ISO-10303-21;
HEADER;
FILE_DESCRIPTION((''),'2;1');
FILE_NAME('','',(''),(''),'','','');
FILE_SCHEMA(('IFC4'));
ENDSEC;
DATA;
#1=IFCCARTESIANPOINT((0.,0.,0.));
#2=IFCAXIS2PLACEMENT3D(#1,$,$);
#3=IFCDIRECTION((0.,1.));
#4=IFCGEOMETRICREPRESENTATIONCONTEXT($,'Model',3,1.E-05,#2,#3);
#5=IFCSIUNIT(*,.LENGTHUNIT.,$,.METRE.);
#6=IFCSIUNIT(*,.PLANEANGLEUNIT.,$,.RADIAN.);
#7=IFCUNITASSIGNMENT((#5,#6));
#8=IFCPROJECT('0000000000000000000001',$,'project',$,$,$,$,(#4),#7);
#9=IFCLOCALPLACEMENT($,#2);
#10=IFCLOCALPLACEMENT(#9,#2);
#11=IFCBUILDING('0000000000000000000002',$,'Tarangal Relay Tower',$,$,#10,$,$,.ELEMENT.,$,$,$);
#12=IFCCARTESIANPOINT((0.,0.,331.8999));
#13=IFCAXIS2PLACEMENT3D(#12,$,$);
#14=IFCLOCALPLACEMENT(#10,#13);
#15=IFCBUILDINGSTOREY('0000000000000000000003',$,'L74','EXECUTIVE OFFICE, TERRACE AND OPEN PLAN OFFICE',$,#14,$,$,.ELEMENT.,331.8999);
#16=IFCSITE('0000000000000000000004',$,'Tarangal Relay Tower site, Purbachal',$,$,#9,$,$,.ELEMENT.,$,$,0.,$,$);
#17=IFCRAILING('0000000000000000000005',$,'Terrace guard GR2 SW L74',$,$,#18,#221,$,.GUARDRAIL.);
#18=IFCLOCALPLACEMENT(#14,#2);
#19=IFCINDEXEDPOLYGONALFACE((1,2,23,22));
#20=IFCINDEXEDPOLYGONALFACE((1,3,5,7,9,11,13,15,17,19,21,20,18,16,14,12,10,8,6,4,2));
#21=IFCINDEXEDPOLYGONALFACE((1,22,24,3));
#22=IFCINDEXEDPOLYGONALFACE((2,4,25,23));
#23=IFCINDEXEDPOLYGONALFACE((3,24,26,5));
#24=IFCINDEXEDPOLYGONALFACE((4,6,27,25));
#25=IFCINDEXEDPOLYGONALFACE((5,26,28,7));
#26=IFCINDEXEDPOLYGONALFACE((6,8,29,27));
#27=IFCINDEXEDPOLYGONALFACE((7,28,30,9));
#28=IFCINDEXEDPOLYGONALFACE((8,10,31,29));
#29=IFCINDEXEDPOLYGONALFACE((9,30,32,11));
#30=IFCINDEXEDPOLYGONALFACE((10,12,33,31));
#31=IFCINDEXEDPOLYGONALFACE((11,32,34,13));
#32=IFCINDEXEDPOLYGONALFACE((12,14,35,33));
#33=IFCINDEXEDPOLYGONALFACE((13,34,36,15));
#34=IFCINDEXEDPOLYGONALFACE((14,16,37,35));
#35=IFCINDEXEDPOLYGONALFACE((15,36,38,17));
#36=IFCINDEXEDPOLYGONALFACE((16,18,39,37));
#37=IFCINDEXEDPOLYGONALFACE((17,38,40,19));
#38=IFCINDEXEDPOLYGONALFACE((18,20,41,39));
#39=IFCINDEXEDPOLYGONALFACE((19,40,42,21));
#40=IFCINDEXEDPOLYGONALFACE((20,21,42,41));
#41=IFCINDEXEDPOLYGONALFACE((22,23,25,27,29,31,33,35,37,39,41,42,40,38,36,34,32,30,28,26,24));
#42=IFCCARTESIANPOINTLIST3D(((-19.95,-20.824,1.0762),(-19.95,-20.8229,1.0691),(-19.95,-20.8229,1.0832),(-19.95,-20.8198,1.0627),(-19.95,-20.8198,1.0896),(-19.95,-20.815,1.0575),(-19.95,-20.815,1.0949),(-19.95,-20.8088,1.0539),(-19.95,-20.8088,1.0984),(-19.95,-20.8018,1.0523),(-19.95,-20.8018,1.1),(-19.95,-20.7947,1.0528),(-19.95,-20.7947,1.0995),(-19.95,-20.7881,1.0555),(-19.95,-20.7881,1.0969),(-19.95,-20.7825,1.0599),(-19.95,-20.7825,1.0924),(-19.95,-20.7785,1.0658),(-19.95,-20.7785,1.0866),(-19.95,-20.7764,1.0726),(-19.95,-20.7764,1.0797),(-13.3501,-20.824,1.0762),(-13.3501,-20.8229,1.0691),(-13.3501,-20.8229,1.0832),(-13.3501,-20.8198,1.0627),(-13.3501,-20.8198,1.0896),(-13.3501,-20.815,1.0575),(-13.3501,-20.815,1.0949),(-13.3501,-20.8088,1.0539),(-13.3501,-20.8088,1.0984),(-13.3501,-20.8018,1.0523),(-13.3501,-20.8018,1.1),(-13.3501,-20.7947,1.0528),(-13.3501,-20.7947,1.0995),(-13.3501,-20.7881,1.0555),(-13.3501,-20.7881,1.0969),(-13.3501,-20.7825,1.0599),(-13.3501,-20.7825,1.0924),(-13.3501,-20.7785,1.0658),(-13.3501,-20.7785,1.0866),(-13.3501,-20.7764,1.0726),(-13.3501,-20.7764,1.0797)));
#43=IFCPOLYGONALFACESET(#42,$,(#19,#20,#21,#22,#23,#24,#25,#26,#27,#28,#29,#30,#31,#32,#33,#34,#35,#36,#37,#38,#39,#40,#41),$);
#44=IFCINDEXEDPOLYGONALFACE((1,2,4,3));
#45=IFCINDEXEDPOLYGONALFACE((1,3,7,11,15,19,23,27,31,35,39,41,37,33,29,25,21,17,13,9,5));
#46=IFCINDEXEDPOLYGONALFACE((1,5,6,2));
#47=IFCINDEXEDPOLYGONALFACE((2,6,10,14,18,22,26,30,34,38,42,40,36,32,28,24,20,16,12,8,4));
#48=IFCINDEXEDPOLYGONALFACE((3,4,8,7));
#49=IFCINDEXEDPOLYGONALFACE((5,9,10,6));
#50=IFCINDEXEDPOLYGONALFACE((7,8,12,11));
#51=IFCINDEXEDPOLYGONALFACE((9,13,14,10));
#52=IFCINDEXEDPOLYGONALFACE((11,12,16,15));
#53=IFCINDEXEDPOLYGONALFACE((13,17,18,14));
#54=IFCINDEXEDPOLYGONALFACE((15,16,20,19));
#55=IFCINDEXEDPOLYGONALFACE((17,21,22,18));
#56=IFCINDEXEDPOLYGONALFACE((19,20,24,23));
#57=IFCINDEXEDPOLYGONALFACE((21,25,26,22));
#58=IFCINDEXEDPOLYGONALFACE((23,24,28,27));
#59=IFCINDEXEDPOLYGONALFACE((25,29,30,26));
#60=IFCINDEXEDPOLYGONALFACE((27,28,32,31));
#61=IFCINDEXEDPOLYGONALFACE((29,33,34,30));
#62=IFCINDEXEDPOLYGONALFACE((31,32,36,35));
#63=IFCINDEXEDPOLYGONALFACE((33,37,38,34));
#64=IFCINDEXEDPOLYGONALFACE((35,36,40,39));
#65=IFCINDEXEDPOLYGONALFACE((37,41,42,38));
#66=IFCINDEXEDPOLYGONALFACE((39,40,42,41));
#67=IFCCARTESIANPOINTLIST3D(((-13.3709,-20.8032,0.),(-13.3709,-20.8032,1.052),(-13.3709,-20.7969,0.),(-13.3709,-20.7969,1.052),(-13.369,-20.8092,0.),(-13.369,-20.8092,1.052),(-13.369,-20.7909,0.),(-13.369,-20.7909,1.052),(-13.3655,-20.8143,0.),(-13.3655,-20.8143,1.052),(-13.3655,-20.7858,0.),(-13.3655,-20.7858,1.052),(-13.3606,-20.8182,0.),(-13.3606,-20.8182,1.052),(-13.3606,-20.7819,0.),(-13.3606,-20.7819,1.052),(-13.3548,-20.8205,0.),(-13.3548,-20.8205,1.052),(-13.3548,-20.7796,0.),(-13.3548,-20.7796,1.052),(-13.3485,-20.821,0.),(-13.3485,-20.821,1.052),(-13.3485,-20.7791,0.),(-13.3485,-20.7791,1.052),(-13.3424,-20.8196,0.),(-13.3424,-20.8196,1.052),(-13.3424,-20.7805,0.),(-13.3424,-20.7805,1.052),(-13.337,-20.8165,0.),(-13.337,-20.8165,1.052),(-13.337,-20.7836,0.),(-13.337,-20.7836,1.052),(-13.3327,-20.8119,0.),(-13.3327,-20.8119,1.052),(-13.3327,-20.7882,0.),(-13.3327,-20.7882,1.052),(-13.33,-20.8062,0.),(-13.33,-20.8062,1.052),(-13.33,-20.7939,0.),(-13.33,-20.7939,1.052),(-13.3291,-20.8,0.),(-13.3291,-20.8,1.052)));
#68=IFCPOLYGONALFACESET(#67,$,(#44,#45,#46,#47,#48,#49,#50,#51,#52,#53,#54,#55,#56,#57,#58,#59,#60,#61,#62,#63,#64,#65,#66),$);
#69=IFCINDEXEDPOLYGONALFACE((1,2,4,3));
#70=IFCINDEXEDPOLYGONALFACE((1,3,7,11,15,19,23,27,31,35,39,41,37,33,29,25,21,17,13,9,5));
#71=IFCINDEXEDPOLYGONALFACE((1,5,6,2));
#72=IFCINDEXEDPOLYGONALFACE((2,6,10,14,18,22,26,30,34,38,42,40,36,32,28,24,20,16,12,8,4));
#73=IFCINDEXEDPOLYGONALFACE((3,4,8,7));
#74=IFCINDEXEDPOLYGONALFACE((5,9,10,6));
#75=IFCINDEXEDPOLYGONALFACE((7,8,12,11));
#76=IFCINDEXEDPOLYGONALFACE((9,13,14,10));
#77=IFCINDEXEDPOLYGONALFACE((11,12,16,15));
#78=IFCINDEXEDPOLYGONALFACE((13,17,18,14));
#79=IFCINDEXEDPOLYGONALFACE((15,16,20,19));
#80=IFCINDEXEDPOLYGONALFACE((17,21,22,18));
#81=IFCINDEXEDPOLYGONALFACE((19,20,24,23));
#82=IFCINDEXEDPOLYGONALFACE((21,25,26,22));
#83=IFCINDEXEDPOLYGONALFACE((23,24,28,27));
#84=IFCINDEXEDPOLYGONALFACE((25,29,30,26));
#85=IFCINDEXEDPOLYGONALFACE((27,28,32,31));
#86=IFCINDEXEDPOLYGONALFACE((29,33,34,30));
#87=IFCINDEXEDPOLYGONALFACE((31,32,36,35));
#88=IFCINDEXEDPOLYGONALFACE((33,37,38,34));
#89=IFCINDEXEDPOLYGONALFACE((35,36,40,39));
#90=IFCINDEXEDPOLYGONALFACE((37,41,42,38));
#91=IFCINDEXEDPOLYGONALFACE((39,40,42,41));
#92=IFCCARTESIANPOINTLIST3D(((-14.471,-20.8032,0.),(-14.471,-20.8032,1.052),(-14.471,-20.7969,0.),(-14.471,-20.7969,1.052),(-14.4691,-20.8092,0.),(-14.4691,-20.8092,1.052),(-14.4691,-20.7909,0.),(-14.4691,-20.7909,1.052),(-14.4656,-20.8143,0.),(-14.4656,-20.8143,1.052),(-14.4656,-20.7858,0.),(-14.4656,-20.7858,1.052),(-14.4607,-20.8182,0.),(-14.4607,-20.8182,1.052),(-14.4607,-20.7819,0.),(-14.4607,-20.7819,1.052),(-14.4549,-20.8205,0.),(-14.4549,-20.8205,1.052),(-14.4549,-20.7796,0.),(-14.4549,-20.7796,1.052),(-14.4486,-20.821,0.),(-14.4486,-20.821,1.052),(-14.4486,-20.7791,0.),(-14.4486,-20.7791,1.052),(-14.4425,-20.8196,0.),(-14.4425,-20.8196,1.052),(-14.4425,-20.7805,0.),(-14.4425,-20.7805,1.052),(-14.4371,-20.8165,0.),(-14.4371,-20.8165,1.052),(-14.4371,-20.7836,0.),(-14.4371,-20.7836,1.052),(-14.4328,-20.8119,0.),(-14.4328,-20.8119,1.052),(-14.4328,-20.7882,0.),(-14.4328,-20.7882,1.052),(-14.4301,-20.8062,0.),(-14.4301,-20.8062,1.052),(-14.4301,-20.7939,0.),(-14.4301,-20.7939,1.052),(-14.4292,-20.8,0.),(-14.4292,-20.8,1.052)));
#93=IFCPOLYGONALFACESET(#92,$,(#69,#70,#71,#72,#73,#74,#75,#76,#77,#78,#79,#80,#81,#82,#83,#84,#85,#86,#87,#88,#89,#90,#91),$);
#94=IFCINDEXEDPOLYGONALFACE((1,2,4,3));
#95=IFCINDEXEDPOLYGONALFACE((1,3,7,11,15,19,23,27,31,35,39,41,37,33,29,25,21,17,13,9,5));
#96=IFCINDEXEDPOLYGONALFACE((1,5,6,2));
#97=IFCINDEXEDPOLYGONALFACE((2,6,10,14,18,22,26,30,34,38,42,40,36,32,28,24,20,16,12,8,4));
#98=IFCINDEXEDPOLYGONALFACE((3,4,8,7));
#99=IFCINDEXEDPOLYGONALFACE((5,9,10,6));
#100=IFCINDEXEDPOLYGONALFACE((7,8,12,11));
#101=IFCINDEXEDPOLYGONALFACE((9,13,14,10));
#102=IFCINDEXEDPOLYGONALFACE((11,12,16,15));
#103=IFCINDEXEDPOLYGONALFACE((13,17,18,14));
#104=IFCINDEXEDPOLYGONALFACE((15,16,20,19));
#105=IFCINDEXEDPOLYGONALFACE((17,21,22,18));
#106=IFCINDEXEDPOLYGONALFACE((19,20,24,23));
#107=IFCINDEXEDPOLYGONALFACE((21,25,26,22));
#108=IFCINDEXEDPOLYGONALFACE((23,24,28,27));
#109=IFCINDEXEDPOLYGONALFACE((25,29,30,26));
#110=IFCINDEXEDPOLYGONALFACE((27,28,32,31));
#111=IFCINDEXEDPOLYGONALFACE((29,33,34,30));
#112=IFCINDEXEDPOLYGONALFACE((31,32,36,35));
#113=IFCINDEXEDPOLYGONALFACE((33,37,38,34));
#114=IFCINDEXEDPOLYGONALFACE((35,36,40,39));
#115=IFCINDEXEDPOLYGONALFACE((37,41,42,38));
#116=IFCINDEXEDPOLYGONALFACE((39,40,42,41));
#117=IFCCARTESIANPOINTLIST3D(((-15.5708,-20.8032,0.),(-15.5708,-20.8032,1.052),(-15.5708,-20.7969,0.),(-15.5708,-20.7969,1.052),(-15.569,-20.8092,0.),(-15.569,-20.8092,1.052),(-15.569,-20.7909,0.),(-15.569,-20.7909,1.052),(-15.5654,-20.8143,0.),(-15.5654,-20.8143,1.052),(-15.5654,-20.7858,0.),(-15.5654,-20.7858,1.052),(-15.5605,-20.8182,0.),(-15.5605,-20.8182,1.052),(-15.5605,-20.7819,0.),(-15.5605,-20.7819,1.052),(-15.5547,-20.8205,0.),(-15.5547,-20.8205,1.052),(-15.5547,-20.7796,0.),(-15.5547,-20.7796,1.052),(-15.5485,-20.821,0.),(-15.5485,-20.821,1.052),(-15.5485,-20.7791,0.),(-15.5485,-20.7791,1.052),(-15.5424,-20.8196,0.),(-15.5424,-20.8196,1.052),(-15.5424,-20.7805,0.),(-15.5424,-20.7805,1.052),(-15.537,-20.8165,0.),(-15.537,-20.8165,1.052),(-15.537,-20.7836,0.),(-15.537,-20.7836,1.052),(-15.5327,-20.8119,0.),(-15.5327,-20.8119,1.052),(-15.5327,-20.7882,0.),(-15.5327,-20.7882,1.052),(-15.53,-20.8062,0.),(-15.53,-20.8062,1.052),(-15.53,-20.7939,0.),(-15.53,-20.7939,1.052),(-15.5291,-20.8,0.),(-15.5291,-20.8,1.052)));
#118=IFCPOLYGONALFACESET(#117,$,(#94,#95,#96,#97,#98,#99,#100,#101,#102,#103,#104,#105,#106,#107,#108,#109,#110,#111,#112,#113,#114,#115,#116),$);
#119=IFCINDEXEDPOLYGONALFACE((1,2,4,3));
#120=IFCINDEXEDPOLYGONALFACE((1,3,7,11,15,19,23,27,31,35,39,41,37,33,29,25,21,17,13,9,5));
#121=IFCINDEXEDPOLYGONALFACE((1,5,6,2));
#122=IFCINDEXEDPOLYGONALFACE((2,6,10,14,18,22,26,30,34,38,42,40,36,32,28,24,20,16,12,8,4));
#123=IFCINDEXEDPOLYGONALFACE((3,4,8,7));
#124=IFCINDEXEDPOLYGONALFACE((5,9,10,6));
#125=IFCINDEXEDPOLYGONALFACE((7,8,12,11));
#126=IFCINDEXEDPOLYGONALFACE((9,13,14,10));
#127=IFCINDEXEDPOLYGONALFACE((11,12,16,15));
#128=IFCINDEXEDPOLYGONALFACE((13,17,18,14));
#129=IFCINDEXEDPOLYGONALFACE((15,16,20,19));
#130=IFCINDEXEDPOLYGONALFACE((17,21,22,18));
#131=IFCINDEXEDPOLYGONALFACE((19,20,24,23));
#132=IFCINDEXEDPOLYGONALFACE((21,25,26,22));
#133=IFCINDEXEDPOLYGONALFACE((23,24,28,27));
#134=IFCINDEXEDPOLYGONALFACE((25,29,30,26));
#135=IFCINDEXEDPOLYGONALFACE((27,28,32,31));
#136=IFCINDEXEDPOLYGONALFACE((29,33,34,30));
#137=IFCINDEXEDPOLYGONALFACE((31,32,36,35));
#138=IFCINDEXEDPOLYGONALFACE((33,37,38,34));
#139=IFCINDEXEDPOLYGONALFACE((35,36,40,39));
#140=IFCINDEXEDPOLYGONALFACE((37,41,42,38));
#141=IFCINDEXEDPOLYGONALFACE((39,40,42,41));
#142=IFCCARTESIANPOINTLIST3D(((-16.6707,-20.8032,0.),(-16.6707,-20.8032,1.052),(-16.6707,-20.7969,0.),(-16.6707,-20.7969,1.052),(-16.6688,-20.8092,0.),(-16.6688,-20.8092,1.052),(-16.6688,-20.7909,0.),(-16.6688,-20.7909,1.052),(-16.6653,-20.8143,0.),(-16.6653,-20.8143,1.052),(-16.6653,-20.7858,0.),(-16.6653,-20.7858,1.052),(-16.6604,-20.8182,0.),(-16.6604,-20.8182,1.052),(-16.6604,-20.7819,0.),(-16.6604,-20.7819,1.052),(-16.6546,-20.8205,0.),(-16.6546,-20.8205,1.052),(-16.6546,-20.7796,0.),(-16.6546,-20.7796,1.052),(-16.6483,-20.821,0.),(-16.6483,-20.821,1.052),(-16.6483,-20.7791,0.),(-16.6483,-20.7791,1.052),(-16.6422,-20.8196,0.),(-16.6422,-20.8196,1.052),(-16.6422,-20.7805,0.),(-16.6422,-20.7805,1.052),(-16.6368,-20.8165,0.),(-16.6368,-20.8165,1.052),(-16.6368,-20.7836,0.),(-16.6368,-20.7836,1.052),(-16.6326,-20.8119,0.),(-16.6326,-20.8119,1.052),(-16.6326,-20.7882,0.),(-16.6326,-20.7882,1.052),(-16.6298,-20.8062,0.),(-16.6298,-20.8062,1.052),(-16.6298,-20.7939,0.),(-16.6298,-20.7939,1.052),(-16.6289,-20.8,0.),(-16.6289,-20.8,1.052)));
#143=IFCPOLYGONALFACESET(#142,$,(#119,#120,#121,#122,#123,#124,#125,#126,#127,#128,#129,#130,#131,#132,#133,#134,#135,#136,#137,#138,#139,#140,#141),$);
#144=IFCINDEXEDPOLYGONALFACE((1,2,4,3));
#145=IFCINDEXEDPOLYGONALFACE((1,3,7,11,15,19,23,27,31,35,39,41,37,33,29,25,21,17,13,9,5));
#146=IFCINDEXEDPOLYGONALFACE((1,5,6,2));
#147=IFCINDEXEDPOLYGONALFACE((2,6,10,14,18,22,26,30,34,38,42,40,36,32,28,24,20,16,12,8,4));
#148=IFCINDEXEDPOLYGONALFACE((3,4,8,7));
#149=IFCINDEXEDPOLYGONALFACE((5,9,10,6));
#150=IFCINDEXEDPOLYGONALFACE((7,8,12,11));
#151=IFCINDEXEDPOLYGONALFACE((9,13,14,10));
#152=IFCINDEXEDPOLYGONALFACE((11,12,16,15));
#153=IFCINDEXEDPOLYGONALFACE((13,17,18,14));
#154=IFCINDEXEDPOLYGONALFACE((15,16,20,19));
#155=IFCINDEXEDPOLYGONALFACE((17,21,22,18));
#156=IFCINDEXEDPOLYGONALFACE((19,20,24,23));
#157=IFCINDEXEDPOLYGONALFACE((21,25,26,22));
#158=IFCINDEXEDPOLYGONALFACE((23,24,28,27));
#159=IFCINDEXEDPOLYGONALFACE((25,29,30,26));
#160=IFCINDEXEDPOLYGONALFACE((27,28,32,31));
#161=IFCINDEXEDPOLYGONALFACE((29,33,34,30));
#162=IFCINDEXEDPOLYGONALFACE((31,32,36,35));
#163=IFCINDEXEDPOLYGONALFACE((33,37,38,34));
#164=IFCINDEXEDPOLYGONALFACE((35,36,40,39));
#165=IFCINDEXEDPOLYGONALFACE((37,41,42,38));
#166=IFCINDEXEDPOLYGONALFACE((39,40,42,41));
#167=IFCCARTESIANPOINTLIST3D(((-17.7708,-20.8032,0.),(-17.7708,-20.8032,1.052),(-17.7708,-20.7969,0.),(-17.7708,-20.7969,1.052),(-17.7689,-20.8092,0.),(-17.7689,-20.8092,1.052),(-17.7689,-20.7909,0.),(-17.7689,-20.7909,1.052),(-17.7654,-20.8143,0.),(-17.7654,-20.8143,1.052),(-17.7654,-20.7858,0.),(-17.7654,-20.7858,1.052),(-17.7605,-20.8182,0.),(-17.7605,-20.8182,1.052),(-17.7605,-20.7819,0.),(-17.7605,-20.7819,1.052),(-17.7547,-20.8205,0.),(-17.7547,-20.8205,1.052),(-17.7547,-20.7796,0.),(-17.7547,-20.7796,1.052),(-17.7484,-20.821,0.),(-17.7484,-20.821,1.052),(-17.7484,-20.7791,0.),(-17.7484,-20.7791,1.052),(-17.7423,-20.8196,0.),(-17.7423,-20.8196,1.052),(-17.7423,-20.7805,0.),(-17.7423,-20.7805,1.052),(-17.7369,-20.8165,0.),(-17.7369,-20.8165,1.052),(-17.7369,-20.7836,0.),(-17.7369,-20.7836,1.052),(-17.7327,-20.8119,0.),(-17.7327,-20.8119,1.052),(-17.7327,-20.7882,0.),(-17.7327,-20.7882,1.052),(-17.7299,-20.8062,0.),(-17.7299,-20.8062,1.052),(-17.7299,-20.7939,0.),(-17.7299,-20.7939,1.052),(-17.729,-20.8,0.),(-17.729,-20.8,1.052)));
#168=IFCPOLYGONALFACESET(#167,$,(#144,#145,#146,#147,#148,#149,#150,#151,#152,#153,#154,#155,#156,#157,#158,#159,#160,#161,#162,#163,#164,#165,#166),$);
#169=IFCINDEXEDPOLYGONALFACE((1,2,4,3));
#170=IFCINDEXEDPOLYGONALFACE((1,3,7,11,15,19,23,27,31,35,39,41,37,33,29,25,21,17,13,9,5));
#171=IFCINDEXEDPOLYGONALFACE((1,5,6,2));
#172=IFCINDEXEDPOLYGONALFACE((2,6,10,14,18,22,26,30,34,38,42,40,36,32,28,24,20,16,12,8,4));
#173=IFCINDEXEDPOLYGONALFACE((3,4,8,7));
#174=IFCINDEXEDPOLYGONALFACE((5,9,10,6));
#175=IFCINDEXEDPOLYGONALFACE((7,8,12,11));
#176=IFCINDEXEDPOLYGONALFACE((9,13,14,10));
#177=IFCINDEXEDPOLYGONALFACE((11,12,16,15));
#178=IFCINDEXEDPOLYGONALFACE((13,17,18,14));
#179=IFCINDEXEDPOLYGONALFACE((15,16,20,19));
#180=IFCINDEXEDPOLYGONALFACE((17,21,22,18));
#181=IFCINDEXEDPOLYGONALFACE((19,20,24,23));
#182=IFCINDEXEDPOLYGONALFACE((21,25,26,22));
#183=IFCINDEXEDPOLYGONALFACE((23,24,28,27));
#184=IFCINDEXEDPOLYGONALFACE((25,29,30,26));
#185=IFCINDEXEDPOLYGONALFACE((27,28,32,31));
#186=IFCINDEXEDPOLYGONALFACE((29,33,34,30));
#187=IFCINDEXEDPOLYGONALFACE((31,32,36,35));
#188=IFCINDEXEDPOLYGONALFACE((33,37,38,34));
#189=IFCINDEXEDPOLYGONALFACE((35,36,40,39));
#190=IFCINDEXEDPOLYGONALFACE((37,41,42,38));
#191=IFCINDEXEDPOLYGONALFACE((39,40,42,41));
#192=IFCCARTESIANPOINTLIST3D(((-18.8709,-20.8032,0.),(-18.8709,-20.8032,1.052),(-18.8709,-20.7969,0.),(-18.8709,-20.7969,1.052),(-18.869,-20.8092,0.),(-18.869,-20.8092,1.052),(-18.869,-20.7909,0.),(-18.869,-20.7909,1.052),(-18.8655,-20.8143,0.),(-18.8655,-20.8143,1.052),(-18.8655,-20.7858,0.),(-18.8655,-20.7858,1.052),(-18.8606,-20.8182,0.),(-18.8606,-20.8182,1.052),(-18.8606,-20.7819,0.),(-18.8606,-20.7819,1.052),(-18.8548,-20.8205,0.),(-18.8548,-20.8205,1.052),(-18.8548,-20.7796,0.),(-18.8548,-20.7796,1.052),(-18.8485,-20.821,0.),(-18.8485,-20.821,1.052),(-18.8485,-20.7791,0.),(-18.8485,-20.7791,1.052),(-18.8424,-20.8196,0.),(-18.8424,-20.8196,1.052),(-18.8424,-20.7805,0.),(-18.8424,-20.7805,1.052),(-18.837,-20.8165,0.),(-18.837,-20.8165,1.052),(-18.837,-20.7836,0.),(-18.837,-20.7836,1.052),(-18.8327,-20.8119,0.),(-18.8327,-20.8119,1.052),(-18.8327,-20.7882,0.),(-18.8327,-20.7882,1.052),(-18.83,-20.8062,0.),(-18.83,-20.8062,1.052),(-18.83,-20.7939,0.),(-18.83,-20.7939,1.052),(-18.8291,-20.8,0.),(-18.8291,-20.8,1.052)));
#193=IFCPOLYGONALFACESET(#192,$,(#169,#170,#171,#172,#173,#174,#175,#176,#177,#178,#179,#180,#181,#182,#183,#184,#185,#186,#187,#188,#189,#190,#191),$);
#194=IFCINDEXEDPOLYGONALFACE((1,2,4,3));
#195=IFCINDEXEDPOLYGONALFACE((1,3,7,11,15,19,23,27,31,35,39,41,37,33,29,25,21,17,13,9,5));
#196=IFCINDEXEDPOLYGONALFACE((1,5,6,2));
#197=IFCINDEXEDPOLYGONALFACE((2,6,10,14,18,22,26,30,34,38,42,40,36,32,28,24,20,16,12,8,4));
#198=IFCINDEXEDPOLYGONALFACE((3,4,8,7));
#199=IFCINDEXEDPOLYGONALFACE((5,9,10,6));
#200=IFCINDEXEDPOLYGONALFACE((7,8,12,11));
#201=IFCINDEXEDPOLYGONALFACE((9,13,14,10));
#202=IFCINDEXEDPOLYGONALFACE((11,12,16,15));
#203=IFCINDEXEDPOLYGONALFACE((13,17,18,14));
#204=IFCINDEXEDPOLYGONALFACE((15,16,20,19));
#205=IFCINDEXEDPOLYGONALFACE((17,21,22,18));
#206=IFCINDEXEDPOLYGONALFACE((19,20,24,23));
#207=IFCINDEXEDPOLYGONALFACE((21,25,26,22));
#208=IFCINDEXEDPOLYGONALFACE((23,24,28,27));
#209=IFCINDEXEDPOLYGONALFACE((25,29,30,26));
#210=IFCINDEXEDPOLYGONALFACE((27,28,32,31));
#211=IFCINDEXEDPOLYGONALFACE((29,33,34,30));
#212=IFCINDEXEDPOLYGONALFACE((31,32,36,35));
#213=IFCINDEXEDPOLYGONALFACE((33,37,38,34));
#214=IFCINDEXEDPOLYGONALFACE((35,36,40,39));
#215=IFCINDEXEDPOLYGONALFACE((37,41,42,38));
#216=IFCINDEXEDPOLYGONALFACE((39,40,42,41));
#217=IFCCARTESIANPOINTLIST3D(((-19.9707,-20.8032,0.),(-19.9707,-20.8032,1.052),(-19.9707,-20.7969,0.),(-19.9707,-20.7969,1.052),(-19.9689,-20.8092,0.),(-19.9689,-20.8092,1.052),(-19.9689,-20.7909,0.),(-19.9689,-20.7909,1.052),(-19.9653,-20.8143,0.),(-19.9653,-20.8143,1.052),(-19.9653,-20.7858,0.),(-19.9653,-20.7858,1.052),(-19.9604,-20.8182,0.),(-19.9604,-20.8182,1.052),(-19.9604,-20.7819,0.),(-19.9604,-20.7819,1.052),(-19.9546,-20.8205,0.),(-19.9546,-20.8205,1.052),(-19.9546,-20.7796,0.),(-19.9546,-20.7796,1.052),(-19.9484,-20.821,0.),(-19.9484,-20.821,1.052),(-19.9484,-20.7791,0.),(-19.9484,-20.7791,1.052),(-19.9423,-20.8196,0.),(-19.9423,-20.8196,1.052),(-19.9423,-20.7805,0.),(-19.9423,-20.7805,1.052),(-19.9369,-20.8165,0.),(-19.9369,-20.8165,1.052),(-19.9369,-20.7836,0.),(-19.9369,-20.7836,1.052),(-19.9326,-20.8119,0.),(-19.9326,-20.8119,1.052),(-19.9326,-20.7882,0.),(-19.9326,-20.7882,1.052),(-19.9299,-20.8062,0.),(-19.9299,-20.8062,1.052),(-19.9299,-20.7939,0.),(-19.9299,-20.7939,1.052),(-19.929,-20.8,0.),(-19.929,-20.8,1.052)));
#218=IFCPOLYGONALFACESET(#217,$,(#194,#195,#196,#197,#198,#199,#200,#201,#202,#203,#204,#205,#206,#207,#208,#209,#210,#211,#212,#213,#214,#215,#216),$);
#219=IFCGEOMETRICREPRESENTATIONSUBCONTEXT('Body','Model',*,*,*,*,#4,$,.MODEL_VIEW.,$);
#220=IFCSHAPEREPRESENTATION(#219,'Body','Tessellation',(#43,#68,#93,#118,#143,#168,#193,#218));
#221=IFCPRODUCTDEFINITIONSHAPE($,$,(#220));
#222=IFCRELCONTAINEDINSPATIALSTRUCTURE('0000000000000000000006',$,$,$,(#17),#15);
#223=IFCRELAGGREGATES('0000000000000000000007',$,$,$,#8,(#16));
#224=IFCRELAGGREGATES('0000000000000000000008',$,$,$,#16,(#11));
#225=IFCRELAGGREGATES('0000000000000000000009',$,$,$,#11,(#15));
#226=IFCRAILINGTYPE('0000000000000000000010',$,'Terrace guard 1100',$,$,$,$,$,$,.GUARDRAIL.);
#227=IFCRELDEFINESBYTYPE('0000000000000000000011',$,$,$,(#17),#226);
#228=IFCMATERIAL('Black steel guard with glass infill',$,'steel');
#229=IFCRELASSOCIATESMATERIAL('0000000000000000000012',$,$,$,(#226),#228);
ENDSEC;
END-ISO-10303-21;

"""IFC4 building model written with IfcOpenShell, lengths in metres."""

from ifc_helpers import new_model, si_unit, direction, frame, origin, origin_2d, place, context, subcontext, project, spatial, circle, extrude, material, type_object, element, save


model = new_model("IFC4")

# Units and contexts
model_context = context("Model", 3, precision=1e-05, world=origin(), true_north=direction((0.0, 1.0)))
body_context = subcontext(model_context, "Body", "Model", "MODEL_VIEW")
ifc_project = project(units=[si_unit("LENGTHUNIT", "METRE"), si_unit("PLANEANGLEUNIT", "RADIAN")], contexts=[model_context])

# Site, building, storey
site_placement = place(None, origin())
site = spatial("IfcSite", under=ifc_project, at=site_placement, Name="Tarangal Relay Tower site, Purbachal", CompositionType="ELEMENT", RefElevation=0.0)
building_placement = place(site_placement, origin())
building = spatial("IfcBuilding", under=site, at=building_placement, Name="Tarangal Relay Tower", CompositionType="ELEMENT")
storey_placement = place(building_placement, frame((0.0, 0.0, 331.8999)))
storey = spatial("IfcBuildingStorey", under=building, at=storey_placement, Name="L74", Description="EXECUTIVE OFFICE, TERRACE AND OPEN PLAN OFFICE", CompositionType="ELEMENT", Elevation=331.8999)

# Railing
ifc_material_1 = material(Name="Black steel guard with glass infill", Category="steel")
railing_type = type_object("IfcRailingType", Name="Terrace guard 1100", PredefinedType="GUARDRAIL", material=ifc_material_1)
railing_1_placement = place(storey_placement, frame((-13.3501, -20.8, 0.0)))
element("IfcRailing", 1, at=railing_1_placement, inside=storey, type_object=railing_type, Name="Terrace guard GR2 SW L74", PredefinedType="GUARDRAIL", context=body_context, shape_type="SweptSolid", body=[
    extrude(circle(Radius=0.0239, at=origin_2d()), frame((0.0, 0.0, 1.0762), z_axis=(-1.0, 0.0, 0.0), x_axis=(0.0, -1.0, 0.0)), (0.0, 0.0, 1.0), 6.5999),
    extrude(circle(Radius=0.021, at=origin_2d()), origin(), (0.0, 0.0, 1.0), 1.052),
    extrude(circle(Radius=0.021, at=origin_2d()), frame((-1.1001, 0.0, 0.0)), (0.0, 0.0, 1.0), 1.052),
    extrude(circle(Radius=0.021, at=origin_2d()), frame((-2.2, 0.0, 0.0)), (0.0, 0.0, 1.0), 1.052),
    extrude(circle(Radius=0.021, at=origin_2d()), frame((-3.2998, 0.0, 0.0)), (0.0, 0.0, 1.0), 1.052),
    extrude(circle(Radius=0.021, at=origin_2d()), frame((-4.3999, 0.0, 0.0)), (0.0, 0.0, 1.0), 1.052),
    extrude(circle(Radius=0.021, at=origin_2d()), frame((-5.5, 0.0, 0.0)), (0.0, 0.0, 1.0), 1.052),
    extrude(circle(Radius=0.021, at=origin_2d()), frame((-6.5999, 0.0, 0.0)), (0.0, 0.0, 1.0), 1.052),
])

save(model, "model.ifc")
